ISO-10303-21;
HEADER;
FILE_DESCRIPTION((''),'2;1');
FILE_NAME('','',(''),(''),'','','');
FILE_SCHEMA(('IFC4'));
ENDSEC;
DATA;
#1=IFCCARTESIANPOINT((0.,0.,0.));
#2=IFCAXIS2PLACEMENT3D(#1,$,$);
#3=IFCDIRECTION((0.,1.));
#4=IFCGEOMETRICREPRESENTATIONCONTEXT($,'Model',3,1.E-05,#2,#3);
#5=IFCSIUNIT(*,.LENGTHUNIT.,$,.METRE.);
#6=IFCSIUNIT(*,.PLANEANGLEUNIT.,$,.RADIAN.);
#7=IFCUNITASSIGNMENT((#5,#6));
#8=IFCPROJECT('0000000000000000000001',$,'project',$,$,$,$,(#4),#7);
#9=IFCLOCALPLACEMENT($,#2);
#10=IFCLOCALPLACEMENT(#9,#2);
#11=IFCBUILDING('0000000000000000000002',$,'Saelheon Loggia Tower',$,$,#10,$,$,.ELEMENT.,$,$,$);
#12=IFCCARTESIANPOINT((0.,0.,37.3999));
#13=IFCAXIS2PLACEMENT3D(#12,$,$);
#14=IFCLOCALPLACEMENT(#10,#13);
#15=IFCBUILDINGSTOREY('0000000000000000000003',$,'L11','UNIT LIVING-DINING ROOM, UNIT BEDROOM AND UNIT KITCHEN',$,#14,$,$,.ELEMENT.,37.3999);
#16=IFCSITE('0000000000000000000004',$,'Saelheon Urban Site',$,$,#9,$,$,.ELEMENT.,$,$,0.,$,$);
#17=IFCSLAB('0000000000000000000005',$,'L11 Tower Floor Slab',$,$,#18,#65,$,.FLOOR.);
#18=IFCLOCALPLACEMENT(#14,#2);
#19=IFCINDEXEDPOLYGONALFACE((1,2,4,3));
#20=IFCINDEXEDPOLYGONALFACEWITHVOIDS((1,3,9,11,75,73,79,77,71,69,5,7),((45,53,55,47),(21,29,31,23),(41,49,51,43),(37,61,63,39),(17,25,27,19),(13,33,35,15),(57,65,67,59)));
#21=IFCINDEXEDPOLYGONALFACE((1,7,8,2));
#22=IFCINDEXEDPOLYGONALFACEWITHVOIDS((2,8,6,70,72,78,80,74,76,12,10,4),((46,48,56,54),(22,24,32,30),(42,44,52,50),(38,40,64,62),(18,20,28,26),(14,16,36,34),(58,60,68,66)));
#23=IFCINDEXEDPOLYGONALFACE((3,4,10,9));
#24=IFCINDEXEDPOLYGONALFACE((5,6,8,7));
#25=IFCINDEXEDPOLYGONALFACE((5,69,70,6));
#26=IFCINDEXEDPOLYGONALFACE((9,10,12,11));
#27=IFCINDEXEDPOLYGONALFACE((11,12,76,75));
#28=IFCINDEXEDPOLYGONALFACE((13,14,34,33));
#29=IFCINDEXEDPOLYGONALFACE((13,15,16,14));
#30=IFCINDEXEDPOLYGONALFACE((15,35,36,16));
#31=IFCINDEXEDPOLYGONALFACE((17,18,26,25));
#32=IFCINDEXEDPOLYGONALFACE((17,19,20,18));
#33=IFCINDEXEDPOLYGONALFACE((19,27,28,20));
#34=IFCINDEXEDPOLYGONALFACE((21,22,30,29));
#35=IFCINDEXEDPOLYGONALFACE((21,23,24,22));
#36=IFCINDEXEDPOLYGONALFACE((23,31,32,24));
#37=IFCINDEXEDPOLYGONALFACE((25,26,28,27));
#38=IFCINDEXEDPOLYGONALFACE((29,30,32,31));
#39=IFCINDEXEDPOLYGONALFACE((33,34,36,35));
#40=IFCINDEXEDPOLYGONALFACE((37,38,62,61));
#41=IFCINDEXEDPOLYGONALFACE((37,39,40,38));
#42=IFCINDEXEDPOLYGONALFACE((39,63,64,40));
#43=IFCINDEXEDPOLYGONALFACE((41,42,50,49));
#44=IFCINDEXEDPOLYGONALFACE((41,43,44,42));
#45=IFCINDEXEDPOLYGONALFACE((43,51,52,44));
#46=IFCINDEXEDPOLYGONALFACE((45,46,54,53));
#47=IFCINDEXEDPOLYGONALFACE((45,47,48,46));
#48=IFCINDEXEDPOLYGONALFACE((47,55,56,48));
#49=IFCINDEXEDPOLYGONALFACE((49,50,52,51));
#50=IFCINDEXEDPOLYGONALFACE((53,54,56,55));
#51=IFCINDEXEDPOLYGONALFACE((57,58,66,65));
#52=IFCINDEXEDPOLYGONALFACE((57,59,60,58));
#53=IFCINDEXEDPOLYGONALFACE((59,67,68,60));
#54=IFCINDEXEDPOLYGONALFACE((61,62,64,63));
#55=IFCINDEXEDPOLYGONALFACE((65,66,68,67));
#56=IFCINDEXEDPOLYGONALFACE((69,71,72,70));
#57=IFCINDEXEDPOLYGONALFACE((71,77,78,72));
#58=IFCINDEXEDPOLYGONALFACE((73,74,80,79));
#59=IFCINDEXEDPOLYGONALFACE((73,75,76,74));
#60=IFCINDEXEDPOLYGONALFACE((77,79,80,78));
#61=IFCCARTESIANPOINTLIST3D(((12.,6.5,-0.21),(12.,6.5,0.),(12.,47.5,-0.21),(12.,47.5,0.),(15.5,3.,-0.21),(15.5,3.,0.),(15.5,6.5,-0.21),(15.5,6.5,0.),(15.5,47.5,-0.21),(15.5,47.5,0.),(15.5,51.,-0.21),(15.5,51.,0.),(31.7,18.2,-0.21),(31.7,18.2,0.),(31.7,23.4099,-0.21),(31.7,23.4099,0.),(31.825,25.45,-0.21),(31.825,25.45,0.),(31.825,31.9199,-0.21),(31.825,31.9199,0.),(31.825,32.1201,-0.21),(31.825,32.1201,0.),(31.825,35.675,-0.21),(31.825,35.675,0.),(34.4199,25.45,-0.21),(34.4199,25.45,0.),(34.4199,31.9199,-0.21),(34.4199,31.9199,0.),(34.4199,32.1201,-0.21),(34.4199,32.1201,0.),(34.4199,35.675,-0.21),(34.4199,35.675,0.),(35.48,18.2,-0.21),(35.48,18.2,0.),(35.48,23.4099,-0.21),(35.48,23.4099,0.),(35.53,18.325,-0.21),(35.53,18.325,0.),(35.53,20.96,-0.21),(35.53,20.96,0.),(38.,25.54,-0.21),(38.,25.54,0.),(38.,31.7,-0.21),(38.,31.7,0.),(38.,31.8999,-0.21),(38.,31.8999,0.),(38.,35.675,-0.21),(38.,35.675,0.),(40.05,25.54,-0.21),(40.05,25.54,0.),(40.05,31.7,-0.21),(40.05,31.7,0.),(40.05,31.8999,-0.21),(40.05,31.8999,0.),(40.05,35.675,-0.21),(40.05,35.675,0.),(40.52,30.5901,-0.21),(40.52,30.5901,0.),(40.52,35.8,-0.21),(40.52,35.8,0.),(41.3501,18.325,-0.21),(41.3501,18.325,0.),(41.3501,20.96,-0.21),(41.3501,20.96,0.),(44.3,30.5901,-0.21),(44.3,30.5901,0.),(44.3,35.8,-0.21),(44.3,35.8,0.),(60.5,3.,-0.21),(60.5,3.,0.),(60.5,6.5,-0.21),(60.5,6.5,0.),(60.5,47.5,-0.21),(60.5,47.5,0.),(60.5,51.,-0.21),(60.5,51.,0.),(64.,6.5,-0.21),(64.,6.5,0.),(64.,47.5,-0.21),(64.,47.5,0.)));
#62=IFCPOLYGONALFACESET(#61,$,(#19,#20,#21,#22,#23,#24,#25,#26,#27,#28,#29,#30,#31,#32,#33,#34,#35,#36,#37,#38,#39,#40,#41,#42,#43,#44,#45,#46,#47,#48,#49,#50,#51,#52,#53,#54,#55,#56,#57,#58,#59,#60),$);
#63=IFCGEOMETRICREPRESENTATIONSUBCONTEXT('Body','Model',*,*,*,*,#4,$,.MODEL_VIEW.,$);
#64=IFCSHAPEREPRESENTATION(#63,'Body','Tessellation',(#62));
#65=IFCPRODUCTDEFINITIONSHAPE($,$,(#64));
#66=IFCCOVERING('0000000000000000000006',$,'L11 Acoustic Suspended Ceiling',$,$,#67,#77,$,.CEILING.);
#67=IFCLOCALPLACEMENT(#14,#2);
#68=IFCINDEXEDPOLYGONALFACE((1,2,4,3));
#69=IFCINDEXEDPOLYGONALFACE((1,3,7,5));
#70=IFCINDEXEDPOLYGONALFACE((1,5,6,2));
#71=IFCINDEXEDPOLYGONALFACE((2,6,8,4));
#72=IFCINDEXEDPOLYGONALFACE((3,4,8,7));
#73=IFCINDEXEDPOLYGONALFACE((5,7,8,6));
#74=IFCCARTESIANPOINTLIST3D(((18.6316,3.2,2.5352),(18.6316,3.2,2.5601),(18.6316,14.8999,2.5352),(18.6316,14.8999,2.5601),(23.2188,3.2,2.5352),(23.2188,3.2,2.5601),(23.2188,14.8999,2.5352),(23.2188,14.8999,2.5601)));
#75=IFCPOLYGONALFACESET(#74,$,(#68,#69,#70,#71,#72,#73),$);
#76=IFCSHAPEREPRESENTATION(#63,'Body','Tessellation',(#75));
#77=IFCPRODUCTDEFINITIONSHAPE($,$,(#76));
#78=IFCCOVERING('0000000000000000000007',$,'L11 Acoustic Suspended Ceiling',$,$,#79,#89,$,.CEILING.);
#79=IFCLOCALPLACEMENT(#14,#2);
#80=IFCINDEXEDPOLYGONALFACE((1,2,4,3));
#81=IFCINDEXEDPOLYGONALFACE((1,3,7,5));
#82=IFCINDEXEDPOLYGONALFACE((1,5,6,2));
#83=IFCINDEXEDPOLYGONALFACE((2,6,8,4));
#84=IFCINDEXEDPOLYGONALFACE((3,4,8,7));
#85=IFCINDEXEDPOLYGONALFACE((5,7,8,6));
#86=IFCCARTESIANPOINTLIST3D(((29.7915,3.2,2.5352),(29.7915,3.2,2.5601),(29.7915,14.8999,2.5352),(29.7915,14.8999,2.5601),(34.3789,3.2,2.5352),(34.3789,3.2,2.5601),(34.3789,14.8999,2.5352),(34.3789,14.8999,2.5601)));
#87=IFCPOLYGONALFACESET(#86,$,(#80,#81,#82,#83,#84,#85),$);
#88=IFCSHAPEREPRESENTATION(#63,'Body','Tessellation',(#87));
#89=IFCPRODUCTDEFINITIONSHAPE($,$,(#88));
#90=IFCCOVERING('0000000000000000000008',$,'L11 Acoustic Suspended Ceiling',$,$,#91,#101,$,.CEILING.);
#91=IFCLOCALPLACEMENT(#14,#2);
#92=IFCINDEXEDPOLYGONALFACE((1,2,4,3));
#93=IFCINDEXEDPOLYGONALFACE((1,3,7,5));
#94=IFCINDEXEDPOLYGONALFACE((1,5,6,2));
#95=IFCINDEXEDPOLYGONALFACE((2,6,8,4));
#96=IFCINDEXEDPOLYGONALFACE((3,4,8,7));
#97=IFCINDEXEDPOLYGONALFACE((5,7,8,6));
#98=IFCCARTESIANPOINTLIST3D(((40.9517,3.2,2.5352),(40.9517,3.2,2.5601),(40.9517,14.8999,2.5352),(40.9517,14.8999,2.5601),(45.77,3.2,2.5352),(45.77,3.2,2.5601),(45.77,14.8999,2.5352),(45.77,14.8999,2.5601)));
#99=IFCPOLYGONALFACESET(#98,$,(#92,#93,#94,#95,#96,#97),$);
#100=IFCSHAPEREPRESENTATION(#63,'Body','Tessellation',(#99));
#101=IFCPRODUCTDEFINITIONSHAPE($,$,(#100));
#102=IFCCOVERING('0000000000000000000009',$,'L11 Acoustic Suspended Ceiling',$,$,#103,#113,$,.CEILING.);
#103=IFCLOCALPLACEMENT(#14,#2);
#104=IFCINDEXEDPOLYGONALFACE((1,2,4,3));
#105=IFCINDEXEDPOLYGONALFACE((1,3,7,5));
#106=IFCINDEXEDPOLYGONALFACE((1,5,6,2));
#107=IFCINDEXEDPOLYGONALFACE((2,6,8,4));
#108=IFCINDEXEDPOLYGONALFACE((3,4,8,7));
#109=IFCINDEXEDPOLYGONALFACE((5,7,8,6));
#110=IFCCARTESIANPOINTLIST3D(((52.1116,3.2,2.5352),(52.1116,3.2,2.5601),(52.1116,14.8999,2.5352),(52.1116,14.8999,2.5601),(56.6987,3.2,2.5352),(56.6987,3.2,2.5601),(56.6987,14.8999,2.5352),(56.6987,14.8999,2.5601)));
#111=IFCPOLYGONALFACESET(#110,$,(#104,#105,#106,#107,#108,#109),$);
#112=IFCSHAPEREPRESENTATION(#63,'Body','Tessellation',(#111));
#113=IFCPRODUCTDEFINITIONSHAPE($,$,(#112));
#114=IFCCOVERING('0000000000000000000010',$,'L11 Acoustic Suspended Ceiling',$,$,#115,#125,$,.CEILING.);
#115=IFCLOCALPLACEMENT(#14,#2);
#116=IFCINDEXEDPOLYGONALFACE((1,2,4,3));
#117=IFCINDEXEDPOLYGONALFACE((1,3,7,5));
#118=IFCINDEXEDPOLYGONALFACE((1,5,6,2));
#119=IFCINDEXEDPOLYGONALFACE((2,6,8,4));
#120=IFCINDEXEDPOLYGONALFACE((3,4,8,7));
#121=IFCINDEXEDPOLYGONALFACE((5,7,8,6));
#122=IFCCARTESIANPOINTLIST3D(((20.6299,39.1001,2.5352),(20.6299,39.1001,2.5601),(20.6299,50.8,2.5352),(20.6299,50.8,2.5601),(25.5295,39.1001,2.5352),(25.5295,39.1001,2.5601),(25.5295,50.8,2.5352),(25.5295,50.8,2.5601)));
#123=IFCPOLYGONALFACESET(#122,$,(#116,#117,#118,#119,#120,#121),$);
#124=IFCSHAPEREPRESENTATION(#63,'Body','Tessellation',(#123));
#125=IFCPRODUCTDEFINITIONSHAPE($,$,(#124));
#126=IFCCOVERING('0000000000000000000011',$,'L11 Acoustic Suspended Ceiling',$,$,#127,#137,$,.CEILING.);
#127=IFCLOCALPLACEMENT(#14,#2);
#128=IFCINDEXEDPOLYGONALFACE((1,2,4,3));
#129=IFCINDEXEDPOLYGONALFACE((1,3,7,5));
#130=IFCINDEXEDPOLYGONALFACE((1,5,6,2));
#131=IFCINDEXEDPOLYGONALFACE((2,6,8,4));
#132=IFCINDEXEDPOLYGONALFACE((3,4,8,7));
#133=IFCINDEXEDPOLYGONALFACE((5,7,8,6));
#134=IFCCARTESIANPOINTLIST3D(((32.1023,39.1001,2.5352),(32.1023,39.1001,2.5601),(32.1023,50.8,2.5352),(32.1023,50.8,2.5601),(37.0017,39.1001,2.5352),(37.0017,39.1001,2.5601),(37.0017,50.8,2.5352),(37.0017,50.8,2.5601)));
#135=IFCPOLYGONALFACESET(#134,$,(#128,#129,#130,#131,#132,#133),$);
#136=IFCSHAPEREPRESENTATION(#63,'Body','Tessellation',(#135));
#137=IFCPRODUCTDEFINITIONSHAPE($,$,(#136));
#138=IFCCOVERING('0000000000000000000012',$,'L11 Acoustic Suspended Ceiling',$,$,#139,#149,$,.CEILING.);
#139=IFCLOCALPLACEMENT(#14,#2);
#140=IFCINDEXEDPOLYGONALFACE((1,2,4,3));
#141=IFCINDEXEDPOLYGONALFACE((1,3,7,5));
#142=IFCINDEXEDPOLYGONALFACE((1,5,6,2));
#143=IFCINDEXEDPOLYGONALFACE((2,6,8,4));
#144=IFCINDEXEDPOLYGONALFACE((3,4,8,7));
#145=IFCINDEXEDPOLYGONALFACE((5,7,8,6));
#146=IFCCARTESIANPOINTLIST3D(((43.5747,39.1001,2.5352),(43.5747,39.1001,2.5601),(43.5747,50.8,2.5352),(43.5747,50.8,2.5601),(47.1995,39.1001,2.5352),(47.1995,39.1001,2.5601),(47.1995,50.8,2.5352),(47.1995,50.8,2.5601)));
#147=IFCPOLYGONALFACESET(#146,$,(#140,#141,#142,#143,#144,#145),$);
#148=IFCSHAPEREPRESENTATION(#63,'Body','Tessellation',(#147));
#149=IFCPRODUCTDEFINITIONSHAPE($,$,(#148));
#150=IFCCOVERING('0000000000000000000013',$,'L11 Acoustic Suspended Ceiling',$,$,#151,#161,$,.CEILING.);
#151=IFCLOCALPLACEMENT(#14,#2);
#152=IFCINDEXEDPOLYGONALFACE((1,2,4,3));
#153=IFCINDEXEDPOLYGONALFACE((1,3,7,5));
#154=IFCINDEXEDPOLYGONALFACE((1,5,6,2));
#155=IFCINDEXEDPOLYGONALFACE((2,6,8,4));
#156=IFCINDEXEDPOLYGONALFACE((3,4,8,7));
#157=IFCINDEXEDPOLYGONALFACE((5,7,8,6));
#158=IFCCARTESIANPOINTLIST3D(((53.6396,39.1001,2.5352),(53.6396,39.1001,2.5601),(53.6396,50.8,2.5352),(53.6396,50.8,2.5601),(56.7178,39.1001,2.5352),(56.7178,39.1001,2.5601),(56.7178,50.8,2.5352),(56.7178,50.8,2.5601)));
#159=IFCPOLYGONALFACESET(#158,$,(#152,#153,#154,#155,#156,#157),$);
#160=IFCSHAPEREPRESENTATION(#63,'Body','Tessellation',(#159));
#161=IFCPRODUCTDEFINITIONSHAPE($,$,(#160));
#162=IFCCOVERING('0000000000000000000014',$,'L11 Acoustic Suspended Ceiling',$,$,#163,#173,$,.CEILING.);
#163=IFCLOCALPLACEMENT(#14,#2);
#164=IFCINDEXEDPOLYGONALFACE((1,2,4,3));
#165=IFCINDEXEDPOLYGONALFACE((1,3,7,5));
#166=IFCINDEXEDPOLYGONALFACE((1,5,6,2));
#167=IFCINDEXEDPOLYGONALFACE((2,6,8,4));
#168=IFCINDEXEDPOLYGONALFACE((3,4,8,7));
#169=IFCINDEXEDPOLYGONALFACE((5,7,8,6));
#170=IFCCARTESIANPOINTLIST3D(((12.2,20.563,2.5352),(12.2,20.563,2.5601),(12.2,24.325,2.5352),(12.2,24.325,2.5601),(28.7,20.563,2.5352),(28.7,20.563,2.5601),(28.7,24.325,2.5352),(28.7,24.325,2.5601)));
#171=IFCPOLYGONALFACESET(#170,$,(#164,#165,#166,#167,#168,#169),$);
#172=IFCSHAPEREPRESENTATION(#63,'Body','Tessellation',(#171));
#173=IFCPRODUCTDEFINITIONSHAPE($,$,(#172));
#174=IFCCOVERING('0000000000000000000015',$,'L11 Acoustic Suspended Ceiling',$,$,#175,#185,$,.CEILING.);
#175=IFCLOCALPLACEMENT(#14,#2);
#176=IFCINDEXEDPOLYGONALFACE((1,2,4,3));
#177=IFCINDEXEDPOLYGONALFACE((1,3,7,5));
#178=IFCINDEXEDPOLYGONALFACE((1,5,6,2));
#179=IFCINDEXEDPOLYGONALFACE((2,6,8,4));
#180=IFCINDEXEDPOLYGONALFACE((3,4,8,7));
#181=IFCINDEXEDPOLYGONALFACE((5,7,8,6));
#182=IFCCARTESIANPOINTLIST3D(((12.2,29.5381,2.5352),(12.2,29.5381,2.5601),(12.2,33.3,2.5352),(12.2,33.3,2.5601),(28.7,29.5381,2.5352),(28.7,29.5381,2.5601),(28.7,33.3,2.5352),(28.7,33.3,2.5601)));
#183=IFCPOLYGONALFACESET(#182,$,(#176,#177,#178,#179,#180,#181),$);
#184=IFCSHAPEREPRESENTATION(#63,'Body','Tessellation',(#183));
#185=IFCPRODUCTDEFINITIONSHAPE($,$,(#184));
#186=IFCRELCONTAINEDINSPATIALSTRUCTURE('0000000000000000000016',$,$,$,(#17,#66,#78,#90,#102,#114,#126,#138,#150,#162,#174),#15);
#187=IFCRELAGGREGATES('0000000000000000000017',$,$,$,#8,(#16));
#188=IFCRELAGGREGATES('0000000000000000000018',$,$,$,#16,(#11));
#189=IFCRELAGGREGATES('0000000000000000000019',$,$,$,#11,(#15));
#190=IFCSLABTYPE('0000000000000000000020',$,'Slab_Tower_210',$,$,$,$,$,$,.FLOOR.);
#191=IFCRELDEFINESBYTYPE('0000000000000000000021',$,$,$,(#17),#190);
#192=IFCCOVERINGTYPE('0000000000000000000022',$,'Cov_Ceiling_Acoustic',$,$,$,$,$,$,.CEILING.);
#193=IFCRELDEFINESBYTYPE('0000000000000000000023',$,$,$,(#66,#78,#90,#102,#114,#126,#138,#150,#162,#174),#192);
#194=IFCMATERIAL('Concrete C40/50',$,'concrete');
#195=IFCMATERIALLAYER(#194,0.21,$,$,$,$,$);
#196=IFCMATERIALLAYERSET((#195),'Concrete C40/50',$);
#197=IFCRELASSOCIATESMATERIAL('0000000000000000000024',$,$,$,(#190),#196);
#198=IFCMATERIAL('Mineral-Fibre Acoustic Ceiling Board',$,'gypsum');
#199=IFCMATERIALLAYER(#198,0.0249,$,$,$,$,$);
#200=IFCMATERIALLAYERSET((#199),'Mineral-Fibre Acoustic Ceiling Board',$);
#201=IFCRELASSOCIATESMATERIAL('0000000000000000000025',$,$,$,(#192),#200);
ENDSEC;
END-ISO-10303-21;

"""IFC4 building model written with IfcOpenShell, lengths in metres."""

from ifc_helpers import new_model, si_unit, direction, frame, origin, place, context, subcontext, project, spatial, polyline, outline, extrude, material, layer, layer_set, type_object, element, save


model = new_model("IFC4")

# Units and contexts
model_context = context("Model", 3, precision=1e-05, world=origin(), true_north=direction((0.0, 1.0)))
body_context = subcontext(model_context, "Body", "Model", "MODEL_VIEW")
ifc_project = project(units=[si_unit("LENGTHUNIT", "METRE"), si_unit("PLANEANGLEUNIT", "RADIAN")], contexts=[model_context])

# Site, building, storey
site_placement = place(None, origin())
site = spatial("IfcSite", under=ifc_project, at=site_placement, Name="Saelheon Urban Site", CompositionType="ELEMENT", RefElevation=0.0)
building_placement = place(site_placement, origin())
building = spatial("IfcBuilding", under=site, at=building_placement, Name="Saelheon Loggia Tower", CompositionType="ELEMENT")
storey_placement = place(building_placement, frame((0.0, 0.0, 37.3999)))
storey = spatial("IfcBuildingStorey", under=building, at=storey_placement, Name="L11", Description="UNIT LIVING-DINING ROOM, UNIT BEDROOM AND UNIT KITCHEN", CompositionType="ELEMENT", Elevation=37.3999)

# Shared definitions
ifc_material_1 = material(Name="Concrete C40/50", Category="concrete")

# Slab
ifc_layer_1 = layer(ifc_material_1, 0.21)
ifc_layer_set_1 = layer_set([ifc_layer_1], Name="Concrete C40/50")
slab_type_1 = type_object("IfcSlabType", Name="Slab_Tower_210", PredefinedType="FLOOR", material=ifc_layer_set_1)
slab_1_placement = place(storey_placement, frame((0.0, 0.0, -0.21)))
element("IfcSlab", 1, at=slab_1_placement, inside=storey, type_object=slab_type_1, Name="L11 Tower Floor Slab", PredefinedType="FLOOR", context=body_context, shape_type="SweptSolid", body=[
    extrude(outline(polyline([(15.5, 3.0), (60.5, 3.0), (60.5, 6.5), (64.0, 6.5), (64.0, 47.5), (60.5, 47.5), (60.5, 51.0), (15.5, 51.0), (15.5, 47.5), (12.0, 47.5), (12.0, 6.5), (15.5, 6.5), (15.5, 3.0)]), holes=[polyline([(31.7, 23.4099), (31.7, 18.2), (35.48, 18.2), (35.48, 23.4099), (31.7, 23.4099)]), polyline([(44.3, 30.5901), (44.3, 35.8), (40.52, 35.8), (40.52, 30.5901), (44.3, 30.5901)]), polyline([(35.53, 18.325), (41.3501, 18.325), (41.3501, 20.96), (35.53, 20.96), (35.53, 18.325)]), polyline([(31.825, 32.1201), (34.4199, 32.1201), (34.4199, 35.675), (31.825, 35.675), (31.825, 32.1201)]), polyline([(38.0, 31.8999), (40.05, 31.8999), (40.05, 35.675), (38.0, 35.675), (38.0, 31.8999)]), polyline([(31.825, 25.45), (34.4199, 25.45), (34.4199, 31.9199), (31.825, 31.9199), (31.825, 25.45)]), polyline([(38.0, 25.54), (40.05, 25.54), (40.05, 31.7), (38.0, 31.7), (38.0, 25.54)])]), origin(), (0.0, 0.0, 1.0), 0.21),
])

# Coverings
ifc_material_2 = material(Name="Mineral-Fibre Acoustic Ceiling Board", Category="gypsum")
ifc_layer_2 = layer(ifc_material_2, 0.0249)
ifc_layer_set_2 = layer_set([ifc_layer_2], Name="Mineral-Fibre Acoustic Ceiling Board")
covering_type = type_object("IfcCoveringType", Name="Cov_Ceiling_Acoustic", PredefinedType="CEILING", material=ifc_layer_set_2)
covering_1_placement = place(storey_placement, frame((0.0, 0.0, 2.5352)))
element("IfcCovering", 2, at=covering_1_placement, inside=storey, type_object=covering_type, Name="L11 Acoustic Suspended Ceiling", PredefinedType="CEILING", context=body_context, shape_type="SweptSolid", body=[
    extrude(outline(polyline([(18.6316, 3.2), (23.2188, 3.2), (23.2188, 14.8999), (18.6316, 14.8999), (18.6316, 3.2)])), origin(), (0.0, 0.0, 1.0), 0.0249),
])
covering_2_placement = place(storey_placement, frame((0.0, 0.0, 2.5352)))
element("IfcCovering", 3, at=covering_2_placement, inside=storey, type_object=covering_type, Name="L11 Acoustic Suspended Ceiling", PredefinedType="CEILING", context=body_context, shape_type="SweptSolid", body=[
    extrude(outline(polyline([(29.7915, 3.2), (34.3789, 3.2), (34.3789, 14.8999), (29.7915, 14.8999), (29.7915, 3.2)])), origin(), (0.0, 0.0, 1.0), 0.0249),
])
covering_3_placement = place(storey_placement, frame((0.0, 0.0, 2.5352)))
element("IfcCovering", 4, at=covering_3_placement, inside=storey, type_object=covering_type, Name="L11 Acoustic Suspended Ceiling", PredefinedType="CEILING", context=body_context, shape_type="SweptSolid", body=[
    extrude(outline(polyline([(40.9517, 3.2), (45.77, 3.2), (45.77, 14.8999), (40.9517, 14.8999), (40.9517, 3.2)])), origin(), (0.0, 0.0, 1.0), 0.0249),
])
covering_4_placement = place(storey_placement, frame((0.0, 0.0, 2.5352)))
element("IfcCovering", 5, at=covering_4_placement, inside=storey, type_object=covering_type, Name="L11 Acoustic Suspended Ceiling", PredefinedType="CEILING", context=body_context, shape_type="SweptSolid", body=[
    extrude(outline(polyline([(52.1116, 3.2), (56.6987, 3.2), (56.6987, 14.8999), (52.1116, 14.8999), (52.1116, 3.2)])), origin(), (0.0, 0.0, 1.0), 0.0249),
])
covering_5_placement = place(storey_placement, frame((0.0, 0.0, 2.5352)))
element("IfcCovering", 6, at=covering_5_placement, inside=storey, type_object=covering_type, Name="L11 Acoustic Suspended Ceiling", PredefinedType="CEILING", context=body_context, shape_type="SweptSolid", body=[
    extrude(outline(polyline([(20.6299, 39.1001), (25.5295, 39.1001), (25.5295, 50.8), (20.6299, 50.8), (20.6299, 39.1001)])), origin(), (0.0, 0.0, 1.0), 0.0249),
])
covering_6_placement = place(storey_placement, frame((0.0, 0.0, 2.5352)))
element("IfcCovering", 7, at=covering_6_placement, inside=storey, type_object=covering_type, Name="L11 Acoustic Suspended Ceiling", PredefinedType="CEILING", context=body_context, shape_type="SweptSolid", body=[
    extrude(outline(polyline([(32.1023, 39.1001), (37.0017, 39.1001), (37.0017, 50.8), (32.1023, 50.8), (32.1023, 39.1001)])), origin(), (0.0, 0.0, 1.0), 0.0249),
])
covering_7_placement = place(storey_placement, frame((0.0, 0.0, 2.5352)))
element("IfcCovering", 8, at=covering_7_placement, inside=storey, type_object=covering_type, Name="L11 Acoustic Suspended Ceiling", PredefinedType="CEILING", context=body_context, shape_type="SweptSolid", body=[
    extrude(outline(polyline([(43.5747, 39.1001), (47.1995, 39.1001), (47.1995, 50.8), (43.5747, 50.8), (43.5747, 39.1001)])), origin(), (0.0, 0.0, 1.0), 0.0249),
])
covering_8_placement = place(storey_placement, frame((0.0, 0.0, 2.5352)))
element("IfcCovering", 9, at=covering_8_placement, inside=storey, type_object=covering_type, Name="L11 Acoustic Suspended Ceiling", PredefinedType="CEILING", context=body_context, shape_type="SweptSolid", body=[
    extrude(outline(polyline([(53.6396, 39.1001), (56.7178, 39.1001), (56.7178, 50.8), (53.6396, 50.8), (53.6396, 39.1001)])), origin(), (0.0, 0.0, 1.0), 0.0249),
])
covering_9_placement = place(storey_placement, frame((0.0, 0.0, 2.5352)))
element("IfcCovering", 10, at=covering_9_placement, inside=storey, type_object=covering_type, Name="L11 Acoustic Suspended Ceiling", PredefinedType="CEILING", context=body_context, shape_type="SweptSolid", body=[
    extrude(outline(polyline([(12.2, 20.563), (28.7, 20.563), (28.7, 24.325), (12.2, 24.325), (12.2, 20.563)])), origin(), (0.0, 0.0, 1.0), 0.0249),
])
covering_10_placement = place(storey_placement, frame((0.0, 0.0, 2.5352)))
element("IfcCovering", 11, at=covering_10_placement, inside=storey, type_object=covering_type, Name="L11 Acoustic Suspended Ceiling", PredefinedType="CEILING", context=body_context, shape_type="SweptSolid", body=[
    extrude(outline(polyline([(12.2, 29.5381), (28.7, 29.5381), (28.7, 33.3), (12.2, 33.3), (12.2, 29.5381)])), origin(), (0.0, 0.0, 1.0), 0.0249),
])

save(model, "model.ifc")
